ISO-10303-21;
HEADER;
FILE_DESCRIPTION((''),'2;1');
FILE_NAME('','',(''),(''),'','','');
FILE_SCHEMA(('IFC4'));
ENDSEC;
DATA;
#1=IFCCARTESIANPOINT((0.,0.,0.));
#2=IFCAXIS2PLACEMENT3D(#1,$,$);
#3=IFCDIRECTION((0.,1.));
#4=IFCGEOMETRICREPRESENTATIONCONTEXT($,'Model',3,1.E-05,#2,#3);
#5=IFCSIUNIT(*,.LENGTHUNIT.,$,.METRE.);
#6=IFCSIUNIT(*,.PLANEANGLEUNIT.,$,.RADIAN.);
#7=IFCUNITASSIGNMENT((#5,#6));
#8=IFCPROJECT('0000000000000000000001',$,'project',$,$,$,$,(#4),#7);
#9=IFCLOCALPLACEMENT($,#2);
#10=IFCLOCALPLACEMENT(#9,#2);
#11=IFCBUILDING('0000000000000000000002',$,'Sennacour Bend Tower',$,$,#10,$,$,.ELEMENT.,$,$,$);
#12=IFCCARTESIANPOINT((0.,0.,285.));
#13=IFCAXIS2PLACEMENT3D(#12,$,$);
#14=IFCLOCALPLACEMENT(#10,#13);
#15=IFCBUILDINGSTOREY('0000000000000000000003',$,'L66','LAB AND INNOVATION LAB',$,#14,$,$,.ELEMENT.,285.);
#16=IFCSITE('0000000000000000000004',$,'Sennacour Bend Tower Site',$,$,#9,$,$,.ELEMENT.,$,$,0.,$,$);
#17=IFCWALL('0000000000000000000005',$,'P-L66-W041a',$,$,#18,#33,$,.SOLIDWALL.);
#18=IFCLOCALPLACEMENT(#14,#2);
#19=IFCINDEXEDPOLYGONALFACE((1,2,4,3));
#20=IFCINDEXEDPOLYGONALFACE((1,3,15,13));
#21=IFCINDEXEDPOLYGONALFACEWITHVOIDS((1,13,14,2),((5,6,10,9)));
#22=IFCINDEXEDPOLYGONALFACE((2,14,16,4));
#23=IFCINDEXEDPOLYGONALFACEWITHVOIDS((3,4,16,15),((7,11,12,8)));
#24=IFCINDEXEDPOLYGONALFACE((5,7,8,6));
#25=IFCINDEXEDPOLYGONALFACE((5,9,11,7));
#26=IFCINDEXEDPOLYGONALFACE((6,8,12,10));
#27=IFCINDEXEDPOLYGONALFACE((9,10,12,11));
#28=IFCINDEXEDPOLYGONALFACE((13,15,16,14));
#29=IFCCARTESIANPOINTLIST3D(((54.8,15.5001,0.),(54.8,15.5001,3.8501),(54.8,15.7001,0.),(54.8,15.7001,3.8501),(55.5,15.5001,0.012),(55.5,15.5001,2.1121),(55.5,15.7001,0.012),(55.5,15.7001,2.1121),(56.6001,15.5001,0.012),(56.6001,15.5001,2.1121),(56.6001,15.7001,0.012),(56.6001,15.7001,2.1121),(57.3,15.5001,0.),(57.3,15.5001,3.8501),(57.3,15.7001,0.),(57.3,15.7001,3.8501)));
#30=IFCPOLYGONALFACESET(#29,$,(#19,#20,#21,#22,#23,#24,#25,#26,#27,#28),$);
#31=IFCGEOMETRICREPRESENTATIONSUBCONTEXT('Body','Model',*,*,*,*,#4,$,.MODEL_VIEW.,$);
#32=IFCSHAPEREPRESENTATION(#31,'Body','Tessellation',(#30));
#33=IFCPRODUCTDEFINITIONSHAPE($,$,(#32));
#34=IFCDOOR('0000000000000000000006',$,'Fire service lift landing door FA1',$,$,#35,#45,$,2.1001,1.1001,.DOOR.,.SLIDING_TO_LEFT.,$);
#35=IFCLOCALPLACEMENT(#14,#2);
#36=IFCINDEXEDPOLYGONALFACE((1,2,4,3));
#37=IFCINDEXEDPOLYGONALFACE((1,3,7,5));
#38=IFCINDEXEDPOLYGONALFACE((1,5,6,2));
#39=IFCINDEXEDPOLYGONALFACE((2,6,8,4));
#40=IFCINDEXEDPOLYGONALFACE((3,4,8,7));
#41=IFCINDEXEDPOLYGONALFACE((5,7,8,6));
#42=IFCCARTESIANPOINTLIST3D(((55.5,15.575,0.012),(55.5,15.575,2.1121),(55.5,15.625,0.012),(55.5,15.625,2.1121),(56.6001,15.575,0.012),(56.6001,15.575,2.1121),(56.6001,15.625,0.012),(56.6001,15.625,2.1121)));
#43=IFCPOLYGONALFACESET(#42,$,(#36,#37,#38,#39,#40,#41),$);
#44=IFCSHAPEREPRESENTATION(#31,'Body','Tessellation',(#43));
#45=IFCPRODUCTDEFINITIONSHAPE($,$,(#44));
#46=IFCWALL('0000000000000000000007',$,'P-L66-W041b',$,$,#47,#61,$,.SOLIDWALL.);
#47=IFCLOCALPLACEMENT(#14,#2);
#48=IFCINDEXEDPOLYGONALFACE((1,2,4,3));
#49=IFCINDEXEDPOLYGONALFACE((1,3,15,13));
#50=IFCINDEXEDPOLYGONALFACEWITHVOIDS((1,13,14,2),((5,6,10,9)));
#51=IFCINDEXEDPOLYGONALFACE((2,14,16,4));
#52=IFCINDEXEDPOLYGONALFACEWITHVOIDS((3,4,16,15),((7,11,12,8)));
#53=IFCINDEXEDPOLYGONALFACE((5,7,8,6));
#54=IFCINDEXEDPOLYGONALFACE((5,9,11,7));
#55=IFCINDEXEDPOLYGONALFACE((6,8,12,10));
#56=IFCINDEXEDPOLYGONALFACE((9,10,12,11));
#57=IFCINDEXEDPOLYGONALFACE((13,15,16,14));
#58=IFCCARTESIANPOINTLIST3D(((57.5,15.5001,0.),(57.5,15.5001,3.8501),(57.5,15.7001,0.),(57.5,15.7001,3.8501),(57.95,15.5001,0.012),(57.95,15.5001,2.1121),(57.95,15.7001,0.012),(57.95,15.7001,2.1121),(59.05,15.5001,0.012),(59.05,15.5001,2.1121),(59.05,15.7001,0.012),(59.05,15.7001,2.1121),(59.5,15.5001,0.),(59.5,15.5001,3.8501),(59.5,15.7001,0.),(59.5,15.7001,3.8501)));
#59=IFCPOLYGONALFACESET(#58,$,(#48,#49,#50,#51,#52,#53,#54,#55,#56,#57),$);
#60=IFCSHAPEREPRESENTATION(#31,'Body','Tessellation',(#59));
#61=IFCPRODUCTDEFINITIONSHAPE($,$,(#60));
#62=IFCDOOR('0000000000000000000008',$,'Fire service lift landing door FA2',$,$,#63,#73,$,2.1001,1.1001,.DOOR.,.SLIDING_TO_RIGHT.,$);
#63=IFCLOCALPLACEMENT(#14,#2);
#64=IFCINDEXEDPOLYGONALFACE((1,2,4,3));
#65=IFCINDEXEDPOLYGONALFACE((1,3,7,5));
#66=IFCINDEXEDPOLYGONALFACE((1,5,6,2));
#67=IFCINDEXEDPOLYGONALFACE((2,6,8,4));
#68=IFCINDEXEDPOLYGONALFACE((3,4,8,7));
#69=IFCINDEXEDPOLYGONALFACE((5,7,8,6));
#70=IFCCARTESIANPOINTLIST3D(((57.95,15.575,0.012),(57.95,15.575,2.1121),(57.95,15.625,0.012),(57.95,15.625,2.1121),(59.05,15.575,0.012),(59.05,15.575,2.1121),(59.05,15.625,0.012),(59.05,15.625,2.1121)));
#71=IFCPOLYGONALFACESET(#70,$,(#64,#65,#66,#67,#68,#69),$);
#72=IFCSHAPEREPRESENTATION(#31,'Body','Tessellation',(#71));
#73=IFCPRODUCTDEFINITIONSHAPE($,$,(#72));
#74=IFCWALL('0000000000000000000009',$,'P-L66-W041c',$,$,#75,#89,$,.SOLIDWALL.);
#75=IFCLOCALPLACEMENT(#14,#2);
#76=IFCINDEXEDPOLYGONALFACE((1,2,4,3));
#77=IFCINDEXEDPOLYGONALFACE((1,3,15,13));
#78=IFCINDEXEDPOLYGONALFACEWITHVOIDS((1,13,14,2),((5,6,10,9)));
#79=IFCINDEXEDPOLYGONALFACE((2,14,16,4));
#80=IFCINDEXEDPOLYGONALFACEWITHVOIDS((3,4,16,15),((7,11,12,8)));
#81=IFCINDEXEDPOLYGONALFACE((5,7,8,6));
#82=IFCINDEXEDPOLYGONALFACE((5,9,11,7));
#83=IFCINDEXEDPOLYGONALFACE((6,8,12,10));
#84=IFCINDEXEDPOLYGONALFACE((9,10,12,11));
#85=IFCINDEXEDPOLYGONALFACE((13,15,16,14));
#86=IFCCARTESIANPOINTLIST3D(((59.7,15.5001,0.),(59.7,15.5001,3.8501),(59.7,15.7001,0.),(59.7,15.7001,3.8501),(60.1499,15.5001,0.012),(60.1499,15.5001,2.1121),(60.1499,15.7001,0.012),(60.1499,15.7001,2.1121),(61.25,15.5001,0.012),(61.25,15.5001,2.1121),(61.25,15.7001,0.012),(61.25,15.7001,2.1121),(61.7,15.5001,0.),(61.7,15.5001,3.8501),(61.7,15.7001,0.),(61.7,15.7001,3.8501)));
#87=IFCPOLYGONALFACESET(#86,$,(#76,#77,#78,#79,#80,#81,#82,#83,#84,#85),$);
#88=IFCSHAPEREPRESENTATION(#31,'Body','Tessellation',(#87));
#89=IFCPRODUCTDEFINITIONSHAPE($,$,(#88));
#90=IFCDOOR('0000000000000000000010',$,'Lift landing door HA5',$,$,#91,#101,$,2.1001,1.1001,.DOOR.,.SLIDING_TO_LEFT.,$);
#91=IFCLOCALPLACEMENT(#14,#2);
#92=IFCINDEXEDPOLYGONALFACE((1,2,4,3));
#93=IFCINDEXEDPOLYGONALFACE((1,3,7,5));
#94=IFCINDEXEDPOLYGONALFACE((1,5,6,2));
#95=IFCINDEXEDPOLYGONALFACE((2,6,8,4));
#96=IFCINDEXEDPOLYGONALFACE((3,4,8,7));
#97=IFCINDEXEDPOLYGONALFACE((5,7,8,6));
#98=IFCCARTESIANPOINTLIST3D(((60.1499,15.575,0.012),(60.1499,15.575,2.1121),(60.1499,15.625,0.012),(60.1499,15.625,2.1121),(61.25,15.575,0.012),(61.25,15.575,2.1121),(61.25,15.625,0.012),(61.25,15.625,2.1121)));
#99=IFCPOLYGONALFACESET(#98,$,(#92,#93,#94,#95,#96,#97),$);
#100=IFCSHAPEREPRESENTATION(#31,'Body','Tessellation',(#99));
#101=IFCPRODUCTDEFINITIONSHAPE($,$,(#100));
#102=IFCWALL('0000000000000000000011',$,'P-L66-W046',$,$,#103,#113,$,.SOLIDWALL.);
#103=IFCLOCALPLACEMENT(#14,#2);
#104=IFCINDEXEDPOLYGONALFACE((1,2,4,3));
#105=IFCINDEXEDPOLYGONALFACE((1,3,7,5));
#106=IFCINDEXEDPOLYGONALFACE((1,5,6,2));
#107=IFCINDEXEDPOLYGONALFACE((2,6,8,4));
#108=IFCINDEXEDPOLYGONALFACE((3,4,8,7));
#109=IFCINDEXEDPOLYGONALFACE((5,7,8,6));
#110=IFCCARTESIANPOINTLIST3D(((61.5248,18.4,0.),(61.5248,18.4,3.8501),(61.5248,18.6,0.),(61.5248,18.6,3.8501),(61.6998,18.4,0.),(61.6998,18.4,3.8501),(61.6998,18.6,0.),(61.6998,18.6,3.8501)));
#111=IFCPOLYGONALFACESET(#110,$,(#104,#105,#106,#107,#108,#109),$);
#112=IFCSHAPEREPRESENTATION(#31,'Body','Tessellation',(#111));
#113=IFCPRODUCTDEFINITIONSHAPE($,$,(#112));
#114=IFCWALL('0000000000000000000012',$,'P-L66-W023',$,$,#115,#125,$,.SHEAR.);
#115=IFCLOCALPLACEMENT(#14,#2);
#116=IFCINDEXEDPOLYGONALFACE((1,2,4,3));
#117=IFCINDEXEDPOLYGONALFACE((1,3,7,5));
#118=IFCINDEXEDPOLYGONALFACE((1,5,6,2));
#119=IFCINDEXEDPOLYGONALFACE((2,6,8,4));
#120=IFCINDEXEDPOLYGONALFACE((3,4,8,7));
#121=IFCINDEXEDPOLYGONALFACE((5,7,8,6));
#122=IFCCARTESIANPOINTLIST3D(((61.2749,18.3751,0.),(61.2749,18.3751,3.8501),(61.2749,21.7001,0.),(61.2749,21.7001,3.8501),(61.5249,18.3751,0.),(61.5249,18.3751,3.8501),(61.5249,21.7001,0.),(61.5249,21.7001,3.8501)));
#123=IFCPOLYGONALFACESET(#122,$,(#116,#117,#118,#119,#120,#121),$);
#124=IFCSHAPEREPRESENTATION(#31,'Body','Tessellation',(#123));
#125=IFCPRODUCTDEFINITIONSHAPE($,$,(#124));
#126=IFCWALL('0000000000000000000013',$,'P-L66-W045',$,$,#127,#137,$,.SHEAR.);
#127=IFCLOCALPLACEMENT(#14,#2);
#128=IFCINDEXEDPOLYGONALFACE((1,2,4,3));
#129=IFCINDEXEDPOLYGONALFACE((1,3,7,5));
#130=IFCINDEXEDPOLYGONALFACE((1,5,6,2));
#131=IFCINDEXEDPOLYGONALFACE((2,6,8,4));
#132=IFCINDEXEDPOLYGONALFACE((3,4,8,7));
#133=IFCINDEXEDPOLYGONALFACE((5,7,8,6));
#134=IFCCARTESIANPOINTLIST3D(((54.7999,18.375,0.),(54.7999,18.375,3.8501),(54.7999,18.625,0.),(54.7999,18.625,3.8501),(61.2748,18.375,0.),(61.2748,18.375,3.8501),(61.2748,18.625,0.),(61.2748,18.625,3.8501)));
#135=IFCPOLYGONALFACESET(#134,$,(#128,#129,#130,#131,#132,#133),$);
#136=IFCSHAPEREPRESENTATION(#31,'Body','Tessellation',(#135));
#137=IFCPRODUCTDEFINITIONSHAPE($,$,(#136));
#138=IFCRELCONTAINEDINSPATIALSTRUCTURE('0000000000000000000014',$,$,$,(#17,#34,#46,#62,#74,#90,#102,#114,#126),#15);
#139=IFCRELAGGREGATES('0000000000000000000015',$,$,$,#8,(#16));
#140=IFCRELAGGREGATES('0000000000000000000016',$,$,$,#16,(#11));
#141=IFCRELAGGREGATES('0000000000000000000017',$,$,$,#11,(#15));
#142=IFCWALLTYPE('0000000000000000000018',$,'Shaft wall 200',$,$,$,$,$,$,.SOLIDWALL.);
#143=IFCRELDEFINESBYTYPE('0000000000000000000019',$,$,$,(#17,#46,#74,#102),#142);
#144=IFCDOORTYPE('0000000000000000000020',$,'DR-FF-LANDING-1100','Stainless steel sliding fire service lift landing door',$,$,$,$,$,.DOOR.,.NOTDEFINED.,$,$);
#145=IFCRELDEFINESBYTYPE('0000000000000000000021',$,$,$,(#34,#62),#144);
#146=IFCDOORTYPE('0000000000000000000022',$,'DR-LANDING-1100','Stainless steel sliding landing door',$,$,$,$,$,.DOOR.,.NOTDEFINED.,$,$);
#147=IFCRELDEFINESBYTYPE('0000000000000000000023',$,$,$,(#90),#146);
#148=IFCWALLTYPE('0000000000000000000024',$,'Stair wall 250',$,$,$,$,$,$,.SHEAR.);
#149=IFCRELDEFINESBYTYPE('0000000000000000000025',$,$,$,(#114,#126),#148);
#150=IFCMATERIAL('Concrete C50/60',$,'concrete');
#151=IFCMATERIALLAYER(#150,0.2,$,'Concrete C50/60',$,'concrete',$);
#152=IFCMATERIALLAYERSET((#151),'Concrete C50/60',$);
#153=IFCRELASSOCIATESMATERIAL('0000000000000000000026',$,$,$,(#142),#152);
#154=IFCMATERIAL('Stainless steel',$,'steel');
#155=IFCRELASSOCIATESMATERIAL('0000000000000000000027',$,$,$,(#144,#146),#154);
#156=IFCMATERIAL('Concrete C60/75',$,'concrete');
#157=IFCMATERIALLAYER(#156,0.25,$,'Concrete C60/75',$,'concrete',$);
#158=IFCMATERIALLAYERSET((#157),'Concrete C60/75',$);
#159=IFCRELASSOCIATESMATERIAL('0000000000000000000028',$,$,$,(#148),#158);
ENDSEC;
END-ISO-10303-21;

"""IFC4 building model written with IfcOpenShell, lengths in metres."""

from ifc_helpers import new_model, si_unit, direction, frame, frame_2d, origin, place, context, subcontext, project, spatial, rectangle, extrude, material, layer, layer_set, type_object, element, fill, save


model = new_model("IFC4")

# Units and contexts
model_context = context("Model", 3, precision=1e-05, world=origin(), true_north=direction((0.0, 1.0)))
body_context = subcontext(model_context, "Body", "Model", "MODEL_VIEW")
ifc_project = project(units=[si_unit("LENGTHUNIT", "METRE"), si_unit("PLANEANGLEUNIT", "RADIAN")], contexts=[model_context])

# Site, building, storey
site_placement = place(None, origin())
site = spatial("IfcSite", under=ifc_project, at=site_placement, Name="Sennacour Bend Tower Site", CompositionType="ELEMENT", RefElevation=0.0)
building_placement = place(site_placement, origin())
building = spatial("IfcBuilding", under=site, at=building_placement, Name="Sennacour Bend Tower", CompositionType="ELEMENT")
storey_placement = place(building_placement, frame((0.0, 0.0, 285.0)))
storey = spatial("IfcBuildingStorey", under=building, at=storey_placement, Name="L66", Description="LAB AND INNOVATION LAB", CompositionType="ELEMENT", Elevation=285.0)

# Shared definitions
ifc_material_1 = material(Name="Concrete C50/60", Category="concrete")
ifc_layer_1 = layer(ifc_material_1, 0.2, Name="Concrete C50/60", Category="concrete")
ifc_layer_set_1 = layer_set([ifc_layer_1], Name="Concrete C50/60")
wall_type_1 = type_object("IfcWallType", Name="Shaft wall 200", PredefinedType="SOLIDWALL", material=ifc_layer_set_1)

# Walls, openings, doors
wall_1_placement = place(storey_placement, frame((54.8, 15.6001, 0.0), z_axis=(0.0, 0.0, 1.0), x_axis=(1.0, 0.0, 0.0)))
wall_1 = element("IfcWall", 1, at=wall_1_placement, inside=storey, type_object=wall_type_1, Name="P-L66-W041a", PredefinedType="SOLIDWALL", context=body_context, shape_type="SweptSolid", body=[
    extrude(rectangle(XDim=2.5, YDim=0.2, at=frame_2d((1.25, 0.0))), origin(), (0.0, 0.0, 1.0), 3.8501),
])
opening_1_placement = place(wall_1_placement, frame((0.7, 0.0, 0.012)))
opening_1 = element("IfcOpeningElement", 2, at=opening_1_placement, cuts=wall_1, PredefinedType="OPENING", context=body_context, shape_type="SweptSolid", body=[
    extrude(rectangle(XDim=1.1001, YDim=2.1001, at=frame_2d((0.55, 1.05))), frame((0.0, 0.1099, 0.0), z_axis=(0.0, -1.0, 0.0), x_axis=(1.0, 0.0, 0.0)), (0.0, 0.0, 1.0), 0.22),
])
ifc_material_2 = material(Name="Stainless steel", Category="steel")
door_type_1 = type_object("IfcDoorType", Name="DR-FF-LANDING-1100", Description="Stainless steel sliding fire service lift landing door", OperationType="NOTDEFINED", PredefinedType="DOOR", material=ifc_material_2)
door_1_placement = place(opening_1_placement, origin())
door_1 = element("IfcDoor", 3, at=door_1_placement, inside=storey, type_object=door_type_1, Name="Fire service lift landing door FA1", OperationType="SLIDING_TO_LEFT", OverallHeight=2.1001, OverallWidth=1.1001, PredefinedType="DOOR", context=body_context, shape_type="SweptSolid", body=[
    extrude(rectangle(XDim=1.1001, YDim=2.1001, at=frame_2d((0.55, 1.05))), frame((0.0, 0.0249, 0.0), z_axis=(0.0, -1.0, 0.0), x_axis=(1.0, 0.0, 0.0)), (0.0, 0.0, 1.0), 0.05),
])
fill(opening_1, door_1)
wall_2_placement = place(storey_placement, frame((57.5, 15.6001, 0.0), z_axis=(0.0, 0.0, 1.0), x_axis=(1.0, 0.0, 0.0)))
wall_2 = element("IfcWall", 4, at=wall_2_placement, inside=storey, type_object=wall_type_1, Name="P-L66-W041b", PredefinedType="SOLIDWALL", context=body_context, shape_type="SweptSolid", body=[
    extrude(rectangle(XDim=2.0, YDim=0.2, at=frame_2d((1.0, 0.0))), origin(), (0.0, 0.0, 1.0), 3.8501),
])
opening_2_placement = place(wall_2_placement, frame((0.45, 0.0, 0.012)))
opening_2 = element("IfcOpeningElement", 5, at=opening_2_placement, cuts=wall_2, PredefinedType="OPENING", context=body_context, shape_type="SweptSolid", body=[
    extrude(rectangle(XDim=1.1001, YDim=2.1001, at=frame_2d((0.55, 1.05))), frame((0.0, 0.1099, 0.0), z_axis=(0.0, -1.0, 0.0), x_axis=(1.0, 0.0, 0.0)), (0.0, 0.0, 1.0), 0.22),
])
door_2_placement = place(opening_2_placement, origin())
door_2 = element("IfcDoor", 6, at=door_2_placement, inside=storey, type_object=door_type_1, Name="Fire service lift landing door FA2", OperationType="SLIDING_TO_RIGHT", OverallHeight=2.1001, OverallWidth=1.1001, PredefinedType="DOOR", context=body_context, shape_type="SweptSolid", body=[
    extrude(rectangle(XDim=1.1001, YDim=2.1001, at=frame_2d((0.55, 1.05))), frame((0.0, 0.0249, 0.0), z_axis=(0.0, -1.0, 0.0), x_axis=(1.0, 0.0, 0.0)), (0.0, 0.0, 1.0), 0.05),
])
fill(opening_2, door_2)
wall_3_placement = place(storey_placement, frame((59.7, 15.6001, 0.0), z_axis=(0.0, 0.0, 1.0), x_axis=(1.0, 0.0, 0.0)))
wall_3 = element("IfcWall", 7, at=wall_3_placement, inside=storey, type_object=wall_type_1, Name="P-L66-W041c", PredefinedType="SOLIDWALL", context=body_context, shape_type="SweptSolid", body=[
    extrude(rectangle(XDim=2.0, YDim=0.2, at=frame_2d((1.0, 0.0))), origin(), (0.0, 0.0, 1.0), 3.8501),
])
opening_3_placement = place(wall_3_placement, frame((0.45, 0.0, 0.012)))
opening_3 = element("IfcOpeningElement", 8, at=opening_3_placement, cuts=wall_3, PredefinedType="OPENING", context=body_context, shape_type="SweptSolid", body=[
    extrude(rectangle(XDim=1.1001, YDim=2.1001, at=frame_2d((0.55, 1.05))), frame((0.0, 0.1099, 0.0), z_axis=(0.0, -1.0, 0.0), x_axis=(1.0, 0.0, 0.0)), (0.0, 0.0, 1.0), 0.22),
])
door_type_2 = type_object("IfcDoorType", Name="DR-LANDING-1100", Description="Stainless steel sliding landing door", OperationType="NOTDEFINED", PredefinedType="DOOR", material=ifc_material_2)
door_3_placement = place(opening_3_placement, origin())
door_3 = element("IfcDoor", 9, at=door_3_placement, inside=storey, type_object=door_type_2, Name="Lift landing door HA5", OperationType="SLIDING_TO_LEFT", OverallHeight=2.1001, OverallWidth=1.1001, PredefinedType="DOOR", context=body_context, shape_type="SweptSolid", body=[
    extrude(rectangle(XDim=1.1001, YDim=2.1001, at=frame_2d((0.55, 1.05))), frame((0.0, 0.0249, 0.0), z_axis=(0.0, -1.0, 0.0), x_axis=(1.0, 0.0, 0.0)), (0.0, 0.0, 1.0), 0.05),
])
fill(opening_3, door_3)

# Walls
wall_4_placement = place(storey_placement, frame((61.5249, 18.5, 0.0), z_axis=(0.0, 0.0, 1.0), x_axis=(1.0, 0.0, 0.0)))
element("IfcWall", 10, at=wall_4_placement, inside=storey, type_object=wall_type_1, Name="P-L66-W046", PredefinedType="SOLIDWALL", context=body_context, shape_type="SweptSolid", body=[
    extrude(rectangle(XDim=0.175, YDim=0.2, at=frame_2d((0.0874, 0.0))), origin(), (0.0, 0.0, 1.0), 3.8501),
])
ifc_material_3 = material(Name="Concrete C60/75", Category="concrete")
ifc_layer_2 = layer(ifc_material_3, 0.25, Name="Concrete C60/75", Category="concrete")
ifc_layer_set_2 = layer_set([ifc_layer_2], Name="Concrete C60/75")
wall_type_2 = type_object("IfcWallType", Name="Stair wall 250", PredefinedType="SHEAR", material=ifc_layer_set_2)
wall_5_placement = place(storey_placement, frame((61.3999, 18.375, 0.0), z_axis=(0.0, 0.0, 1.0), x_axis=(0.0, 1.0, 0.0)))
element("IfcWall", 11, at=wall_5_placement, inside=storey, type_object=wall_type_2, Name="P-L66-W023", PredefinedType="SHEAR", context=body_context, shape_type="SweptSolid", body=[
    extrude(rectangle(XDim=3.325, YDim=0.25, at=frame_2d((1.6626, 0.0))), origin(), (0.0, 0.0, 1.0), 3.8501),
])
wall_6_placement = place(storey_placement, frame((54.8, 18.5, 0.0), z_axis=(0.0, 0.0, 1.0), x_axis=(1.0, 0.0, 0.0)))
element("IfcWall", 12, at=wall_6_placement, inside=storey, type_object=wall_type_2, Name="P-L66-W045", PredefinedType="SHEAR", context=body_context, shape_type="SweptSolid", body=[
    extrude(rectangle(XDim=6.4749, YDim=0.25, at=frame_2d((3.2373, 0.0))), origin(), (0.0, 0.0, 1.0), 3.8501),
])

save(model, "model.ifc")
